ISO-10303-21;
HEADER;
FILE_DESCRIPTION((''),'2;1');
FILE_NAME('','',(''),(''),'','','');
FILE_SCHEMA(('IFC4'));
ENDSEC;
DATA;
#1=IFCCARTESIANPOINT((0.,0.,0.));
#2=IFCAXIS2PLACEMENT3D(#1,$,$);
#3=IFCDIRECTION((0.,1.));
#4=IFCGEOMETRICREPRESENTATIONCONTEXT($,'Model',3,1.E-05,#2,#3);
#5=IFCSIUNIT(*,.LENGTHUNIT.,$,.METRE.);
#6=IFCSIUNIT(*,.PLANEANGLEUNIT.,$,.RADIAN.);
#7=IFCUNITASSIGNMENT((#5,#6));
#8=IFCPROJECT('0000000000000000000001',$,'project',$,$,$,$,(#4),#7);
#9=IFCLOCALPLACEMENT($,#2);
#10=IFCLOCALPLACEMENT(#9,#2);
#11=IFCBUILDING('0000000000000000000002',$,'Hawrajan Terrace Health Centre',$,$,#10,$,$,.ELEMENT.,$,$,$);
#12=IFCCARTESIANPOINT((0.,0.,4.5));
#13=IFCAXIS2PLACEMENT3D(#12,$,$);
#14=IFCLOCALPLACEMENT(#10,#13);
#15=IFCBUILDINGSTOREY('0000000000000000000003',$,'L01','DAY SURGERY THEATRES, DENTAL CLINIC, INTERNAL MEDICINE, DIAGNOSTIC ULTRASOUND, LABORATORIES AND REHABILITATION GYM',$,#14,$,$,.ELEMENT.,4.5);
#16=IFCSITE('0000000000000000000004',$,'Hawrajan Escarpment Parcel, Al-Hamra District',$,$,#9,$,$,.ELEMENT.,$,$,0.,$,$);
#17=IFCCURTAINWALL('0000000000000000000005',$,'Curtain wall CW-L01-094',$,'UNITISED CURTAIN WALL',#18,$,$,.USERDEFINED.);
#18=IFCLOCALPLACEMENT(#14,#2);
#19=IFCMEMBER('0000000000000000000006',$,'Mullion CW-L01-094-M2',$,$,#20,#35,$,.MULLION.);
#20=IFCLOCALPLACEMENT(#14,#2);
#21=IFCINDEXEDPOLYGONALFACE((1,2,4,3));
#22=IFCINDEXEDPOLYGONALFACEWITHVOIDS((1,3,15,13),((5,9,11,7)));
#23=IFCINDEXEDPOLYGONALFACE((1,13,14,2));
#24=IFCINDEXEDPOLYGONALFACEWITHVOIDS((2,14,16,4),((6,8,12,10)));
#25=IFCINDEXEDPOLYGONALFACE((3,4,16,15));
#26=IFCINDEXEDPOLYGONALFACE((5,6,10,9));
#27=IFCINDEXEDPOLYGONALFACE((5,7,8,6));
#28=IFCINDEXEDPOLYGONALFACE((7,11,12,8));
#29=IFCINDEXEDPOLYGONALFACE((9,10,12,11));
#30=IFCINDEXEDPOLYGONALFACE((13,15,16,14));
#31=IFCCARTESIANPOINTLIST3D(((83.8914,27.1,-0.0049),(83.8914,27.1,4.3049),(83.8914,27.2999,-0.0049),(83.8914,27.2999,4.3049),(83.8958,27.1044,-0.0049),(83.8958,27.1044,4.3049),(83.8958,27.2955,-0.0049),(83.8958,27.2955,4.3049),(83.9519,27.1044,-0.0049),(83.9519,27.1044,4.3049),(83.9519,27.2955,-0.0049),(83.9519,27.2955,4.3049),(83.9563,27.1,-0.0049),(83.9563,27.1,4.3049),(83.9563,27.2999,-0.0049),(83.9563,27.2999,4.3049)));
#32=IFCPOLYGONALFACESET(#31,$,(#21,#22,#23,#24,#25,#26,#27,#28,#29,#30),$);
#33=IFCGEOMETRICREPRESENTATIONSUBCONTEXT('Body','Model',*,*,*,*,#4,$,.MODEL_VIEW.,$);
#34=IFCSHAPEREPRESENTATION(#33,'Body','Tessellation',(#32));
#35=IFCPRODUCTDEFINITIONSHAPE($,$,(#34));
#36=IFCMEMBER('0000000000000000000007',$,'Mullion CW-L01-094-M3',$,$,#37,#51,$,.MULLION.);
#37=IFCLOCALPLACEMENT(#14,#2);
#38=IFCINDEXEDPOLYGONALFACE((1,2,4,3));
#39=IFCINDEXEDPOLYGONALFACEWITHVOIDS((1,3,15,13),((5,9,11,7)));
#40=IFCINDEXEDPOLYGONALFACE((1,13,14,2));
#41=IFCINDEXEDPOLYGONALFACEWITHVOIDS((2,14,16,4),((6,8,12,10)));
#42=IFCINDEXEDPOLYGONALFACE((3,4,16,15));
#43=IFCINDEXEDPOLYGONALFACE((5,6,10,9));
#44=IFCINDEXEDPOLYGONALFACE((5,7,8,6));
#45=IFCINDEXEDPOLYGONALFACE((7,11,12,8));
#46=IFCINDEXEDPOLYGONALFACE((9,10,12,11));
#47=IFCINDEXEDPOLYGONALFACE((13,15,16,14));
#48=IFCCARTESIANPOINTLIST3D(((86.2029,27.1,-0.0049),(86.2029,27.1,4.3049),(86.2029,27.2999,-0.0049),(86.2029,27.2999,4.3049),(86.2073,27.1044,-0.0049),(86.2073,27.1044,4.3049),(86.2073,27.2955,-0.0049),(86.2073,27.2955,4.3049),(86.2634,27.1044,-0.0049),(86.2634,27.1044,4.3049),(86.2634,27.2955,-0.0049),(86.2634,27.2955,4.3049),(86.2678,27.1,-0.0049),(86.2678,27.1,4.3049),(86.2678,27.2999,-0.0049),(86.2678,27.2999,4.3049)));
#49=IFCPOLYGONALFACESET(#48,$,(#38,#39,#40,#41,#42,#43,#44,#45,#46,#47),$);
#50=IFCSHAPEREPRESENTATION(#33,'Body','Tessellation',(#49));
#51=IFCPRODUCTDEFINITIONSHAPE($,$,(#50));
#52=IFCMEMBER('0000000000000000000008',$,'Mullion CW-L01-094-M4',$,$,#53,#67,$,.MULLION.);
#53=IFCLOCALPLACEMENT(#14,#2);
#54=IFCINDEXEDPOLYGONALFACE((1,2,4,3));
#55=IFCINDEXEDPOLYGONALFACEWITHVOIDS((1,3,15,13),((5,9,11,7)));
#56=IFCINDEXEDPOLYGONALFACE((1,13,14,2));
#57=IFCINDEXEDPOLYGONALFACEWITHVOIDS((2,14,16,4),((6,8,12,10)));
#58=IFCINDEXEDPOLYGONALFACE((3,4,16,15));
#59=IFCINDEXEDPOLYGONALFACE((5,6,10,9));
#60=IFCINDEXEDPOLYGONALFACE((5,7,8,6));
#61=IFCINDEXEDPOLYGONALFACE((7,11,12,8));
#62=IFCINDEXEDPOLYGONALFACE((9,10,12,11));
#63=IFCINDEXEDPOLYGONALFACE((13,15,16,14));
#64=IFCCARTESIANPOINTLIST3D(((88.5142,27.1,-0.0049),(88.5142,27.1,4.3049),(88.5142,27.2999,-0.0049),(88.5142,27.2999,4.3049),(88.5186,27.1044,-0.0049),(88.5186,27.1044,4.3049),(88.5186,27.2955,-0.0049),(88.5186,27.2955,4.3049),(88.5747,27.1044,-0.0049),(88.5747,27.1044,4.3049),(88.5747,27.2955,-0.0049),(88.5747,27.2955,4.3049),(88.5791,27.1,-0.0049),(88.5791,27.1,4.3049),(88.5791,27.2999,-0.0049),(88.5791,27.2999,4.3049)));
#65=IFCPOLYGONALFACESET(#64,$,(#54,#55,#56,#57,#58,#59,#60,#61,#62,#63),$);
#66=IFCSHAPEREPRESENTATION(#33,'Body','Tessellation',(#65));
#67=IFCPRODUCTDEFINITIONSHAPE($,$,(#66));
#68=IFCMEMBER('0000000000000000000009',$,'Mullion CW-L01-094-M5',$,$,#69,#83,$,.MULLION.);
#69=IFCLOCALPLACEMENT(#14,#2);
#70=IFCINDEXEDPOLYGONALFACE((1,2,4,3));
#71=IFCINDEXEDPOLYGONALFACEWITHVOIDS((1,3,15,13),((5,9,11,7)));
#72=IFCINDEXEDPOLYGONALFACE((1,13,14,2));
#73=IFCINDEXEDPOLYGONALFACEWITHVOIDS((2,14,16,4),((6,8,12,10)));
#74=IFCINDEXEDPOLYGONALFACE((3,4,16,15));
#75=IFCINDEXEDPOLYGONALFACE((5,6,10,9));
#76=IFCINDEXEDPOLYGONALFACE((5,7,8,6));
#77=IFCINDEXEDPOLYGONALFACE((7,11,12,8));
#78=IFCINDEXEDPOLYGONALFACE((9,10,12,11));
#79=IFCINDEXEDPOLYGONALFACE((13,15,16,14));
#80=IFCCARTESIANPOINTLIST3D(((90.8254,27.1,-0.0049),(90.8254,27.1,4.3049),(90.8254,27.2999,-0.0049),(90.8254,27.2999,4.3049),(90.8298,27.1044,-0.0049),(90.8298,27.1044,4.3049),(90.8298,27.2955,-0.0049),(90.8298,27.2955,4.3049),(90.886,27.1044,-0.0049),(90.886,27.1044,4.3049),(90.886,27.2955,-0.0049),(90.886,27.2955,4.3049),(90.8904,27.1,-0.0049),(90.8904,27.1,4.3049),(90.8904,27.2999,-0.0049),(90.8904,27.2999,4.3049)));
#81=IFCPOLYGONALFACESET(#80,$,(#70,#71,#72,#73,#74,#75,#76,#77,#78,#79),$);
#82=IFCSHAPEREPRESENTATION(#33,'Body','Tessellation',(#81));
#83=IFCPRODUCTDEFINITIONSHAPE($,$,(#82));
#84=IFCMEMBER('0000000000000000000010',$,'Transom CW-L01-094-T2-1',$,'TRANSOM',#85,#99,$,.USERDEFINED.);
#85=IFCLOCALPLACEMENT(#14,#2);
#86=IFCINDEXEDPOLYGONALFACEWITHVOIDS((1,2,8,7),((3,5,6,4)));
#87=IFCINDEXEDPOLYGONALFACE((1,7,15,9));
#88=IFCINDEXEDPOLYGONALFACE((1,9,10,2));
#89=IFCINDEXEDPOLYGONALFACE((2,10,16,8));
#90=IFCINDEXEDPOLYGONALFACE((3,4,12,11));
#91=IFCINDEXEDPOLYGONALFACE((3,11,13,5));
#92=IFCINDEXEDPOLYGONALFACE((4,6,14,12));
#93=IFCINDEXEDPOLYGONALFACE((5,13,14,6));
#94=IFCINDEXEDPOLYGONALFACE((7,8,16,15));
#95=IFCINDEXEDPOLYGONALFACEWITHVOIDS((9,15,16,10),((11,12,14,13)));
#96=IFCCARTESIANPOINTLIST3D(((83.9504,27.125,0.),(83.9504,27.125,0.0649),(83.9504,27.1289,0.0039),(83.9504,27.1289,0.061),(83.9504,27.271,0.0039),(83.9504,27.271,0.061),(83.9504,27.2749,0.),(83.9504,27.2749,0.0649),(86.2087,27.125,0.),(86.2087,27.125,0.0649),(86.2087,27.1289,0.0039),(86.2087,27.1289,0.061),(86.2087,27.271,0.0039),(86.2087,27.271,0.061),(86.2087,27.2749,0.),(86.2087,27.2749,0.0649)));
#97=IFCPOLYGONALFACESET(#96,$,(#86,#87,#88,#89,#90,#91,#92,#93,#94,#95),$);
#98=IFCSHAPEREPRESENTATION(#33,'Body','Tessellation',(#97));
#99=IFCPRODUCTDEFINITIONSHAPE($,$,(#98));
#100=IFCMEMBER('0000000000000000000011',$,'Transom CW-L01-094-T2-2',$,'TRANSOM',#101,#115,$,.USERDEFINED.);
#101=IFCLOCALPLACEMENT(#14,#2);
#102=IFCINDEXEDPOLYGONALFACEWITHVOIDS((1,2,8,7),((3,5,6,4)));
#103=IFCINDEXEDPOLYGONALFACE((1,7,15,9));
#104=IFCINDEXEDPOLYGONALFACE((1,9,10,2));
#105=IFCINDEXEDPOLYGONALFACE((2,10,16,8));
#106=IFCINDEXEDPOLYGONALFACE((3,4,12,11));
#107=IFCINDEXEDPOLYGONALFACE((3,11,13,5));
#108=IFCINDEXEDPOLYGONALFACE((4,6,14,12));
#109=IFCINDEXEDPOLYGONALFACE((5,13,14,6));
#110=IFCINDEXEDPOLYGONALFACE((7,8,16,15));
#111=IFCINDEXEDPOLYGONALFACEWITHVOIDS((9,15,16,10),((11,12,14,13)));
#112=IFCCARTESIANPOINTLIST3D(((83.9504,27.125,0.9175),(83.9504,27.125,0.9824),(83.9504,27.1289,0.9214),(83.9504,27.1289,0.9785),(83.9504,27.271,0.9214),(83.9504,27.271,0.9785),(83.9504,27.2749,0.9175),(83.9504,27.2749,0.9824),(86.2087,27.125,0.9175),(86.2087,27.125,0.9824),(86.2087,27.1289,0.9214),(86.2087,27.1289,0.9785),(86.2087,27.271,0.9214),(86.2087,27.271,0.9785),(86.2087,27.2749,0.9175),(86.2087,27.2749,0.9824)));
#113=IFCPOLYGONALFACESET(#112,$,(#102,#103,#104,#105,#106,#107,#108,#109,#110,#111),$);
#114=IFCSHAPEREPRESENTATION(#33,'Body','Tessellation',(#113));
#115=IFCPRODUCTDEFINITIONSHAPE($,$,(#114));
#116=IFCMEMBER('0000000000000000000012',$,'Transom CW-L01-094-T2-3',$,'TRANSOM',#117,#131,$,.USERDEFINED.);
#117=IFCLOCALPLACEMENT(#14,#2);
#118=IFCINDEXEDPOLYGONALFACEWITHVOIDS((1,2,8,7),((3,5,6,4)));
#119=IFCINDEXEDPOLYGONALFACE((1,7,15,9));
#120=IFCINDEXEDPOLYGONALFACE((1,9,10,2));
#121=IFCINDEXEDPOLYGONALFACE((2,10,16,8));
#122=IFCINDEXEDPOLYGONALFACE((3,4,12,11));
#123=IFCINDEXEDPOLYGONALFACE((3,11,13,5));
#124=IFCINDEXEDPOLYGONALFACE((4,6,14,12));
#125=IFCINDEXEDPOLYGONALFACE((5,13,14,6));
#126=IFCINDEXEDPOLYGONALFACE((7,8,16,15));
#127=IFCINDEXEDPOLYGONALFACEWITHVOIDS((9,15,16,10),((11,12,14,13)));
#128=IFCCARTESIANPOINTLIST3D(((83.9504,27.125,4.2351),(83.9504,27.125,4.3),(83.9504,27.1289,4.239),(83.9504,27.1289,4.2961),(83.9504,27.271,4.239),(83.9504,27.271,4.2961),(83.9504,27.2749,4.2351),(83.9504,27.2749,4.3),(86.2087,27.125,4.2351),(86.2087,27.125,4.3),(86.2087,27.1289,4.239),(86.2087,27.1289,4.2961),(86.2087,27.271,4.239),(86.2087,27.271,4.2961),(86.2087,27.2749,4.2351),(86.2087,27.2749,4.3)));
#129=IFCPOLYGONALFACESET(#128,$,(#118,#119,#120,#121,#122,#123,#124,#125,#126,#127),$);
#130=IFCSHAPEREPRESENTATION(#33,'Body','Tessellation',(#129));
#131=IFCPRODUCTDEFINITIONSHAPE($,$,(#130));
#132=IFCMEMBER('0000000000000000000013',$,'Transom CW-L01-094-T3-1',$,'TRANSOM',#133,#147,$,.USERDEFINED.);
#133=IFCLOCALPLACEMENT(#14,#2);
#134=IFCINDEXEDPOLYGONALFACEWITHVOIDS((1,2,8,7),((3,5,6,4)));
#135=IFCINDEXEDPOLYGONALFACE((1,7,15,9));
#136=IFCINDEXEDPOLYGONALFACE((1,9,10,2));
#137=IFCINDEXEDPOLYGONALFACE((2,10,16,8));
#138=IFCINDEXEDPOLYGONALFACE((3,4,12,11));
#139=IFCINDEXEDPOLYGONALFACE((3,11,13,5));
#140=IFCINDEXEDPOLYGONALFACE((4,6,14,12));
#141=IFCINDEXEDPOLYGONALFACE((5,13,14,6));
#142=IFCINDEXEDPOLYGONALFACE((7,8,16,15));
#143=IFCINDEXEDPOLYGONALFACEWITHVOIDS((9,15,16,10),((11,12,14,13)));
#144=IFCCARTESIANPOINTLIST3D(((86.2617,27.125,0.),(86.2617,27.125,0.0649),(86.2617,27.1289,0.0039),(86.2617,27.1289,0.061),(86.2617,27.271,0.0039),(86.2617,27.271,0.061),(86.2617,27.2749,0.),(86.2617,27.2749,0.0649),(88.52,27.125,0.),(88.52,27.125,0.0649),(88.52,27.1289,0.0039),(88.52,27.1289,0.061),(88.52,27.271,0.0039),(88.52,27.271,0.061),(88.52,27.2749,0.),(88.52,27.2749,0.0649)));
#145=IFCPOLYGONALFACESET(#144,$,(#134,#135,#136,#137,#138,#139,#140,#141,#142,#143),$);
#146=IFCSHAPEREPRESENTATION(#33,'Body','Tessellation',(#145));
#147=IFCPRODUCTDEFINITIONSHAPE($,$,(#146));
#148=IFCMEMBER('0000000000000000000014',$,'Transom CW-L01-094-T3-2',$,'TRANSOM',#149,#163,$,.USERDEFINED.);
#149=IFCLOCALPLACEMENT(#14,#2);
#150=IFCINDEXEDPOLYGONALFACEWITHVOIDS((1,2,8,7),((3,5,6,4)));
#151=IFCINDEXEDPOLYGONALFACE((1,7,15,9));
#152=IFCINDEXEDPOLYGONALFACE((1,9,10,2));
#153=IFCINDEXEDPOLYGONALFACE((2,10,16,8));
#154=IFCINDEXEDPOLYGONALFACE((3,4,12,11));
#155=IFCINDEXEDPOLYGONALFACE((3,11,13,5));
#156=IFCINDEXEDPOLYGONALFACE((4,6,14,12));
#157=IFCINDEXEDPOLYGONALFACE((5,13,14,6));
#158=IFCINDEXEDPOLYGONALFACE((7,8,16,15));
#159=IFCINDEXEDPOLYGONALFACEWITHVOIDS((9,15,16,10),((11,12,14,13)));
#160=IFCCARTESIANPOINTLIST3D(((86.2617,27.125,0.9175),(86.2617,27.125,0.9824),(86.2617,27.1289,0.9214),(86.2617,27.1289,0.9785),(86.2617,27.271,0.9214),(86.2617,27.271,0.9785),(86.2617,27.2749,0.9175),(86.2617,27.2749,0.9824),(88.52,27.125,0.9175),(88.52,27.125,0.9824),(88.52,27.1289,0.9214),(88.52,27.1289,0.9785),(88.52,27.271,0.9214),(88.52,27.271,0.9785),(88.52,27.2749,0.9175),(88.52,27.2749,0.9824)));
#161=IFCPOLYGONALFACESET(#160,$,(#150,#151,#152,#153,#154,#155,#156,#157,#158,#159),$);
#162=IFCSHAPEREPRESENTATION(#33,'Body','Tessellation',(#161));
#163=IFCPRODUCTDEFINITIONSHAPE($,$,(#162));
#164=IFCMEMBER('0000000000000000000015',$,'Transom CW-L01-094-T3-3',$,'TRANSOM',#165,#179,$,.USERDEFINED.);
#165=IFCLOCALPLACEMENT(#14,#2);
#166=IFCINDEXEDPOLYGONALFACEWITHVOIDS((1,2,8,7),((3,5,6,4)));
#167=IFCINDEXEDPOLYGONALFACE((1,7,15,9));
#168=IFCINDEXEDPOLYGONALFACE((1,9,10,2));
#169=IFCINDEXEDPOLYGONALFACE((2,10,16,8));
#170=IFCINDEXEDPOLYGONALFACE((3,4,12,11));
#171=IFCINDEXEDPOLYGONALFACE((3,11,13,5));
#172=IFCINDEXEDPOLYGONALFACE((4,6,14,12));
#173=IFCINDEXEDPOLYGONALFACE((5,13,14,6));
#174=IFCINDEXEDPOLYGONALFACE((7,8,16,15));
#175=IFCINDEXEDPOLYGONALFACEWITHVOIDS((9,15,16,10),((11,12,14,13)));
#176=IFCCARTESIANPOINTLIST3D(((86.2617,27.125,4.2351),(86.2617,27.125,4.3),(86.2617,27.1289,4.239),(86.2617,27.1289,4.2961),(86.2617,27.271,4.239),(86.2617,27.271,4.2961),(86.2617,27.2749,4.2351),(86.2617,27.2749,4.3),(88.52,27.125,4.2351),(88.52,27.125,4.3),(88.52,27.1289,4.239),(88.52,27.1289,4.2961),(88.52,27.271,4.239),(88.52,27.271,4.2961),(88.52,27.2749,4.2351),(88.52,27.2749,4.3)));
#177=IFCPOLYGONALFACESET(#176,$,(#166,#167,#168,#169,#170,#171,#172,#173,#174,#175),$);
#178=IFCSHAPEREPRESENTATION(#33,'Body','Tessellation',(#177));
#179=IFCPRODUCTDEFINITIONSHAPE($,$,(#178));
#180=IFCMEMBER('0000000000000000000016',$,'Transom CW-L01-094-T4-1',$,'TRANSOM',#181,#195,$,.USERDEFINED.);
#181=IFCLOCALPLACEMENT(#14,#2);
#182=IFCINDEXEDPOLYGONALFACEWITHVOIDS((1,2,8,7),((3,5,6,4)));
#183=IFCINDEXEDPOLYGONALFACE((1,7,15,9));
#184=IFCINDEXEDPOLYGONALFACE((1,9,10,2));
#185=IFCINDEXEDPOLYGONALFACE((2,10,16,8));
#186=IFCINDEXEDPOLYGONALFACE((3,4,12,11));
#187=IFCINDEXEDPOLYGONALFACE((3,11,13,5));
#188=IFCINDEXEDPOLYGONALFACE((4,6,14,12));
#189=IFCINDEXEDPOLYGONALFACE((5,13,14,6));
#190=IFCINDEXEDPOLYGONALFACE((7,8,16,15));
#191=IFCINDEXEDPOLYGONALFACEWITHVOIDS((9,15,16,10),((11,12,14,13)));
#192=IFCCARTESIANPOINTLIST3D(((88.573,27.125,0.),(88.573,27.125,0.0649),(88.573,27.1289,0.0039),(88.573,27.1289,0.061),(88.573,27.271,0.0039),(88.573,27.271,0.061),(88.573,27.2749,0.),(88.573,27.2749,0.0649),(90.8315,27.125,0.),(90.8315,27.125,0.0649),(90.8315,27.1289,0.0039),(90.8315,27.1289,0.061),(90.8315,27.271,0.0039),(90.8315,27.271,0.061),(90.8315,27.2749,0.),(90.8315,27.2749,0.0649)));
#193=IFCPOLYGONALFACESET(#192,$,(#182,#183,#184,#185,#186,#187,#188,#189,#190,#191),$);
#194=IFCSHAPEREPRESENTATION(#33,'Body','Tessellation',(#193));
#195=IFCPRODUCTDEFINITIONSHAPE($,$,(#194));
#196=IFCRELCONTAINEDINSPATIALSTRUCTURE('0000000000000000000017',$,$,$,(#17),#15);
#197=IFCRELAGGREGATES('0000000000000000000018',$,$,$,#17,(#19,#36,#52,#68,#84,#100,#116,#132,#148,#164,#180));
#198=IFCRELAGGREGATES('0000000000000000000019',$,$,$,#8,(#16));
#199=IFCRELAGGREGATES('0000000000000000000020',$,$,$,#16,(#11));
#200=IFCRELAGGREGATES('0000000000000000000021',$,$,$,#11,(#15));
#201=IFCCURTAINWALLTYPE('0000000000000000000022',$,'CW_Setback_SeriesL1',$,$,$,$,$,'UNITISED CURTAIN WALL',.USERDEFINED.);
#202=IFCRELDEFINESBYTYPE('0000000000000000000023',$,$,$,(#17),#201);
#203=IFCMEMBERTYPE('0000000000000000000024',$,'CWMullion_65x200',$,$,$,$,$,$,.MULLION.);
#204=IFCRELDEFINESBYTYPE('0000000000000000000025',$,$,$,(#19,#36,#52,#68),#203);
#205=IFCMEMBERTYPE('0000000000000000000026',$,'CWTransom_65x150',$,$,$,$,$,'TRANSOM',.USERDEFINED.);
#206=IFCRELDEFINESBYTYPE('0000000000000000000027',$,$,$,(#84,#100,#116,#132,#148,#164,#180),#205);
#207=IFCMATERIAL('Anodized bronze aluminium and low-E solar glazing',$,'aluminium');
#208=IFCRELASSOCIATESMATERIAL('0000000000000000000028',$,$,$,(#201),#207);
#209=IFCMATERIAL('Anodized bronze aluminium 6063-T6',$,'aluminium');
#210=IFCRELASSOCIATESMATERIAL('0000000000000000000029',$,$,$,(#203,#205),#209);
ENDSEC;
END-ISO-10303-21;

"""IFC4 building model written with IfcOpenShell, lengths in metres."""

from ifc_helpers import new_model, si_unit, direction, frame, origin, origin_2d, place, context, subcontext, project, spatial, hollow_rectangle, extrude, material, material_profile, profile_set, type_object, element, aggregate, save


model = new_model("IFC4")

# Units and contexts
model_context = context("Model", 3, precision=1e-05, world=origin(), true_north=direction((0.0, 1.0)))
body_context = subcontext(model_context, "Body", "Model", "MODEL_VIEW")
ifc_project = project(units=[si_unit("LENGTHUNIT", "METRE"), si_unit("PLANEANGLEUNIT", "RADIAN")], contexts=[model_context])

# Site, building, storey
site_placement = place(None, origin())
site = spatial("IfcSite", under=ifc_project, at=site_placement, Name="Hawrajan Escarpment Parcel, Al-Hamra District", CompositionType="ELEMENT", RefElevation=0.0)
building_placement = place(site_placement, origin())
building = spatial("IfcBuilding", under=site, at=building_placement, Name="Hawrajan Terrace Health Centre", CompositionType="ELEMENT")
storey_placement = place(building_placement, frame((0.0, 0.0, 4.5)))
storey = spatial("IfcBuildingStorey", under=building, at=storey_placement, Name="L01", Description="DAY SURGERY THEATRES, DENTAL CLINIC, INTERNAL MEDICINE, DIAGNOSTIC ULTRASOUND, LABORATORIES AND REHABILITATION GYM", CompositionType="ELEMENT", Elevation=4.5)

# Curtain wall, members
ifc_material_1 = material(Name="Anodized bronze aluminium and low-E solar glazing", Category="aluminium")
curtain_wall_type_1 = type_object("IfcCurtainWallType", Name="CW_Setback_SeriesL1", ElementType="UNITISED CURTAIN WALL", PredefinedType="USERDEFINED", material=ifc_material_1)
curtain_wall_1_placement = place(storey_placement, origin())
curtain_wall_1 = element("IfcCurtainWall", 1, at=curtain_wall_1_placement, inside=storey, type_object=curtain_wall_type_1, Name="Curtain wall CW-L01-094", ObjectType="UNITISED CURTAIN WALL", PredefinedType="USERDEFINED")
ifc_material_2 = material(Name="Anodized bronze aluminium 6063-T6", Category="aluminium")
ifc_material_profile_1 = material_profile(ifc_material_2, hollow_rectangle(XDim=0.0649, YDim=0.2, WallThickness=0.0044, at=origin_2d()), Name="CW MUL 65x200")
ifc_profile_set_1 = profile_set([ifc_material_profile_1], Name="Anodized bronze aluminium 6063-T6")
member_type_1 = type_object("IfcMemberType", Name="CWMullion_65x200", PredefinedType="MULLION", material=ifc_profile_set_1)
member_1_placement = place(storey_placement, frame((83.9238, 27.2, -0.0049), z_axis=(0.0, 0.0, 1.0), x_axis=(1.0, 0.0, 0.0)))
member_1 = element("IfcMember", 2, at=member_1_placement, type_object=member_type_1, Name="Mullion CW-L01-094-M2", PredefinedType="MULLION", context=body_context, shape_type="SweptSolid", body=[
    extrude(hollow_rectangle(XDim=0.0649, YDim=0.2, WallThickness=0.0044, at=origin_2d()), origin(), (0.0, 0.0, 1.0), 4.3098),
])
member_2_placement = place(storey_placement, frame((86.2354, 27.2, -0.0049), z_axis=(0.0, 0.0, 1.0), x_axis=(1.0, 0.0, 0.0)))
member_2 = element("IfcMember", 3, at=member_2_placement, type_object=member_type_1, Name="Mullion CW-L01-094-M3", PredefinedType="MULLION", context=body_context, shape_type="SweptSolid", body=[
    extrude(hollow_rectangle(XDim=0.0649, YDim=0.2, WallThickness=0.0044, at=origin_2d()), origin(), (0.0, 0.0, 1.0), 4.3098),
])
member_3_placement = place(storey_placement, frame((88.5466, 27.2, -0.0049), z_axis=(0.0, 0.0, 1.0), x_axis=(1.0, 0.0, 0.0)))
member_3 = element("IfcMember", 4, at=member_3_placement, type_object=member_type_1, Name="Mullion CW-L01-094-M4", PredefinedType="MULLION", context=body_context, shape_type="SweptSolid", body=[
    extrude(hollow_rectangle(XDim=0.0649, YDim=0.2, WallThickness=0.0044, at=origin_2d()), origin(), (0.0, 0.0, 1.0), 4.3098),
])
member_4_placement = place(storey_placement, frame((90.8579, 27.2, -0.0049), z_axis=(0.0, 0.0, 1.0), x_axis=(1.0, 0.0, 0.0)))
member_4 = element("IfcMember", 5, at=member_4_placement, type_object=member_type_1, Name="Mullion CW-L01-094-M5", PredefinedType="MULLION", context=body_context, shape_type="SweptSolid", body=[
    extrude(hollow_rectangle(XDim=0.0649, YDim=0.2, WallThickness=0.0044, at=origin_2d()), origin(), (0.0, 0.0, 1.0), 4.3098),
])
ifc_material_profile_2 = material_profile(ifc_material_2, hollow_rectangle(XDim=0.0649, YDim=0.1499, WallThickness=0.0039, at=origin_2d()), Name="CW TRN 65x150")
ifc_profile_set_2 = profile_set([ifc_material_profile_2], Name="Anodized bronze aluminium 6063-T6")
member_type_2 = type_object("IfcMemberType", Name="CWTransom_65x150", ElementType="TRANSOM", PredefinedType="USERDEFINED", material=ifc_profile_set_2)
member_5_placement = place(storey_placement, frame((83.9504, 27.2, 0.0325), z_axis=(1.0, 0.0, 0.0), x_axis=(0.0, 0.0, 1.0)))
member_5 = element("IfcMember", 6, at=member_5_placement, type_object=member_type_2, Name="Transom CW-L01-094-T2-1", ObjectType="TRANSOM", PredefinedType="USERDEFINED", context=body_context, shape_type="SweptSolid", body=[
    extrude(hollow_rectangle(XDim=0.0649, YDim=0.1499, WallThickness=0.0039, at=origin_2d()), origin(), (0.0, 0.0, 1.0), 2.2583),
])
member_6_placement = place(storey_placement, frame((83.9504, 27.2, 0.95), z_axis=(1.0, 0.0, 0.0), x_axis=(0.0, 0.0, 1.0)))
member_6 = element("IfcMember", 7, at=member_6_placement, type_object=member_type_2, Name="Transom CW-L01-094-T2-2", ObjectType="TRANSOM", PredefinedType="USERDEFINED", context=body_context, shape_type="SweptSolid", body=[
    extrude(hollow_rectangle(XDim=0.0649, YDim=0.1499, WallThickness=0.0039, at=origin_2d()), origin(), (0.0, 0.0, 1.0), 2.2583),
])
member_7_placement = place(storey_placement, frame((83.9504, 27.2, 4.2676), z_axis=(1.0, 0.0, 0.0), x_axis=(0.0, 0.0, 1.0)))
member_7 = element("IfcMember", 8, at=member_7_placement, type_object=member_type_2, Name="Transom CW-L01-094-T2-3", ObjectType="TRANSOM", PredefinedType="USERDEFINED", context=body_context, shape_type="SweptSolid", body=[
    extrude(hollow_rectangle(XDim=0.0649, YDim=0.1499, WallThickness=0.0039, at=origin_2d()), origin(), (0.0, 0.0, 1.0), 2.2583),
])
member_8_placement = place(storey_placement, frame((86.2617, 27.2, 0.0325), z_axis=(1.0, 0.0, 0.0), x_axis=(0.0, 0.0, 1.0)))
member_8 = element("IfcMember", 9, at=member_8_placement, type_object=member_type_2, Name="Transom CW-L01-094-T3-1", ObjectType="TRANSOM", PredefinedType="USERDEFINED", context=body_context, shape_type="SweptSolid", body=[
    extrude(hollow_rectangle(XDim=0.0649, YDim=0.1499, WallThickness=0.0039, at=origin_2d()), origin(), (0.0, 0.0, 1.0), 2.2583),
])
member_9_placement = place(storey_placement, frame((86.2617, 27.2, 0.95), z_axis=(1.0, 0.0, 0.0), x_axis=(0.0, 0.0, 1.0)))
member_9 = element("IfcMember", 10, at=member_9_placement, type_object=member_type_2, Name="Transom CW-L01-094-T3-2", ObjectType="TRANSOM", PredefinedType="USERDEFINED", context=body_context, shape_type="SweptSolid", body=[
    extrude(hollow_rectangle(XDim=0.0649, YDim=0.1499, WallThickness=0.0039, at=origin_2d()), origin(), (0.0, 0.0, 1.0), 2.2583),
])
member_10_placement = place(storey_placement, frame((86.2617, 27.2, 4.2676), z_axis=(1.0, 0.0, 0.0), x_axis=(0.0, 0.0, 1.0)))
member_10 = element("IfcMember", 11, at=member_10_placement, type_object=member_type_2, Name="Transom CW-L01-094-T3-3", ObjectType="TRANSOM", PredefinedType="USERDEFINED", context=body_context, shape_type="SweptSolid", body=[
    extrude(hollow_rectangle(XDim=0.0649, YDim=0.1499, WallThickness=0.0039, at=origin_2d()), origin(), (0.0, 0.0, 1.0), 2.2583),
])
member_11_placement = place(storey_placement, frame((88.573, 27.2, 0.0325), z_axis=(1.0, 0.0, 0.0), x_axis=(0.0, 0.0, 1.0)))
member_11 = element("IfcMember", 12, at=member_11_placement, type_object=member_type_2, Name="Transom CW-L01-094-T4-1", ObjectType="TRANSOM", PredefinedType="USERDEFINED", context=body_context, shape_type="SweptSolid", body=[
    extrude(hollow_rectangle(XDim=0.0649, YDim=0.1499, WallThickness=0.0039, at=origin_2d()), origin(), (0.0, 0.0, 1.0), 2.2585),
])

aggregate(curtain_wall_1, [member_1, member_2, member_3, member_4, member_5, member_6, member_7, member_8, member_9, member_10, member_11])

save(model, "model.ifc")
